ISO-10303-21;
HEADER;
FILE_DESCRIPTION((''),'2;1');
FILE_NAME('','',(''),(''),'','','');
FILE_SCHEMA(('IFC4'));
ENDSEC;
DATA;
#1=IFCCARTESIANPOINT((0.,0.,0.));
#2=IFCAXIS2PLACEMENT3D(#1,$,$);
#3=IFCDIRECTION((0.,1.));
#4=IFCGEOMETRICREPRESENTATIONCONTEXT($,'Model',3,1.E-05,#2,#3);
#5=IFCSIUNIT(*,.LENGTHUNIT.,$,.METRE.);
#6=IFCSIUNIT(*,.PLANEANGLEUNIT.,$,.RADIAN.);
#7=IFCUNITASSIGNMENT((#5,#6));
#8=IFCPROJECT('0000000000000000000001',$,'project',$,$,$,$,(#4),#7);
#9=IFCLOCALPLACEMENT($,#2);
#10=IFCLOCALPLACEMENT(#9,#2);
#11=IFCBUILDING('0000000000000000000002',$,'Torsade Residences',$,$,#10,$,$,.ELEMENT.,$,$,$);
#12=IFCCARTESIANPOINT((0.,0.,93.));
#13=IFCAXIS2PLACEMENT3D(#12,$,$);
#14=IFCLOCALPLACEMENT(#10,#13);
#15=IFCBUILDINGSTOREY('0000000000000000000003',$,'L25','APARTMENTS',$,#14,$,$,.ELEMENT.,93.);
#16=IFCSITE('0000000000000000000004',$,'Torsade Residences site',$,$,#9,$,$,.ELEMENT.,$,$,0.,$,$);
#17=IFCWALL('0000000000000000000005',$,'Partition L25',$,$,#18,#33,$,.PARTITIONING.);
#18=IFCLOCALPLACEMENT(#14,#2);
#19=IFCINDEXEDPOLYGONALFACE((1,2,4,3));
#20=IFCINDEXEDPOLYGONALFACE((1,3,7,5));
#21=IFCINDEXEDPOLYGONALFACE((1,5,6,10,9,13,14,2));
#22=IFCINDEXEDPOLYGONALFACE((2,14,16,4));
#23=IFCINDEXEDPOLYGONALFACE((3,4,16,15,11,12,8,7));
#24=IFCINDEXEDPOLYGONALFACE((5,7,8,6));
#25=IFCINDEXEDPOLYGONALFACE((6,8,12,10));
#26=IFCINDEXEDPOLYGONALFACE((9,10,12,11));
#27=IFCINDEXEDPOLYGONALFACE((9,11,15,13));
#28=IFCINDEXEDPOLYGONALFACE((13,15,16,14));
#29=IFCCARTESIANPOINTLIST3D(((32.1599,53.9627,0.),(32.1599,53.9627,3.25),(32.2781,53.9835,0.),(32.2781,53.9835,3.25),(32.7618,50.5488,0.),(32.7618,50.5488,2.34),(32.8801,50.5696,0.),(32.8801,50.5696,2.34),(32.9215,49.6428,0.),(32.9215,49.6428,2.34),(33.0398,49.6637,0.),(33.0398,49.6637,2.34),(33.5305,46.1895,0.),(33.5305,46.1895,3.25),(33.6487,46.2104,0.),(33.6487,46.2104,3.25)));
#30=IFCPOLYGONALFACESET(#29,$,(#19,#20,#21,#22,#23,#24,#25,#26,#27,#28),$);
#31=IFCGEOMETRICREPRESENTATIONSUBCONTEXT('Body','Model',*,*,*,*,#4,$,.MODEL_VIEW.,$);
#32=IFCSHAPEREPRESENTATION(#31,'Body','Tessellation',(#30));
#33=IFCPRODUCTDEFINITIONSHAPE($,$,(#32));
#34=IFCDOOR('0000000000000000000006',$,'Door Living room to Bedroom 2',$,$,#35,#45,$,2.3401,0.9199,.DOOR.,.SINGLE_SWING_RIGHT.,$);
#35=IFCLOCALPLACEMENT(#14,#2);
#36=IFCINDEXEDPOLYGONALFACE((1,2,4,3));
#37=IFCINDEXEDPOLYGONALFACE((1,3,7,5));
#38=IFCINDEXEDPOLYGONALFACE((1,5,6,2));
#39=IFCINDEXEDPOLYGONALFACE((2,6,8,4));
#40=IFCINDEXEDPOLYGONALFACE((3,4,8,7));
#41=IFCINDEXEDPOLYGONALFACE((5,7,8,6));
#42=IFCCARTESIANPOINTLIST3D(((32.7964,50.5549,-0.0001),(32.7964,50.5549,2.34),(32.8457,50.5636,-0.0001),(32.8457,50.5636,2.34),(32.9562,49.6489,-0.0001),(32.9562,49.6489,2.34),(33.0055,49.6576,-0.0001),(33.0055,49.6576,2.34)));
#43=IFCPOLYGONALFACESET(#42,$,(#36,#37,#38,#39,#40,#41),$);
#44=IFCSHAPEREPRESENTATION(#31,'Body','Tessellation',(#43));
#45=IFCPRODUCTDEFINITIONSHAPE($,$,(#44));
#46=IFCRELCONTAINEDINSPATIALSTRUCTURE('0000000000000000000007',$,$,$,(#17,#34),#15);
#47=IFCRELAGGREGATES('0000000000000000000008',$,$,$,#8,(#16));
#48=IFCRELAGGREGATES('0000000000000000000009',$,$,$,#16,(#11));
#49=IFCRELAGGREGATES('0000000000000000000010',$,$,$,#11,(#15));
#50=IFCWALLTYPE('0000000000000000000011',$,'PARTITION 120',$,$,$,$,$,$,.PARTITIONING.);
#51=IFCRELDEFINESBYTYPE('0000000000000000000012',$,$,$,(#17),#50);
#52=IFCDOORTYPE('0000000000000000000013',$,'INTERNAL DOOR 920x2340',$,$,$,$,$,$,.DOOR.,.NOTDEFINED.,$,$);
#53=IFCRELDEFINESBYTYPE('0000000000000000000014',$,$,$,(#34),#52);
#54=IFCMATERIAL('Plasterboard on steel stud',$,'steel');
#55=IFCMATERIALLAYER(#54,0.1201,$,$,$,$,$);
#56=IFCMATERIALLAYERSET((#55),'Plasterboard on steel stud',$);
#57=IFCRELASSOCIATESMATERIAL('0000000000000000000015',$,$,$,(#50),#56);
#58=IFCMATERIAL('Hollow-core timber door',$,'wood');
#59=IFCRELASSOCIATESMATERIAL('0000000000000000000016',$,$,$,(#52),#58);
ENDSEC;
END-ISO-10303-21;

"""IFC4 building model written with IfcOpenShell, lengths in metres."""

from ifc_helpers import new_model, si_unit, direction, frame, frame_2d, origin, place, context, subcontext, project, spatial, rectangle, extrude, material, layer, layer_set, type_object, element, fill, save


model = new_model("IFC4")

# Units and contexts
model_context = context("Model", 3, precision=1e-05, world=origin(), true_north=direction((0.0, 1.0)))
body_context = subcontext(model_context, "Body", "Model", "MODEL_VIEW")
ifc_project = project(units=[si_unit("LENGTHUNIT", "METRE"), si_unit("PLANEANGLEUNIT", "RADIAN")], contexts=[model_context])

# Site, building, storey
site_placement = place(None, origin())
site = spatial("IfcSite", under=ifc_project, at=site_placement, Name="Torsade Residences site", CompositionType="ELEMENT", RefElevation=0.0)
building_placement = place(site_placement, origin())
building = spatial("IfcBuilding", under=site, at=building_placement, Name="Torsade Residences", CompositionType="ELEMENT")
storey_placement = place(building_placement, frame((0.0, 0.0, 93.0)))
storey = spatial("IfcBuildingStorey", under=building, at=storey_placement, Name="L25", Description="APARTMENTS", CompositionType="ELEMENT", Elevation=93.0)

# Wall, opening, door
ifc_material_1 = material(Name="Plasterboard on steel stud", Category="steel")
ifc_layer_1 = layer(ifc_material_1, 0.1201)
ifc_layer_set_1 = layer_set([ifc_layer_1], Name="Plasterboard on steel stud")
wall_type = type_object("IfcWallType", Name="PARTITION 120", PredefinedType="PARTITIONING", material=ifc_layer_set_1)
wall_1_placement = place(storey_placement, frame((33.5896, 46.2, 0.0), z_axis=(0.0, 0.0, 1.0), x_axis=(-0.173646, 0.984808, 0.0)))
wall_1 = element("IfcWall", 1, at=wall_1_placement, inside=storey, type_object=wall_type, Name="Partition L25", PredefinedType="PARTITIONING", context=body_context, shape_type="SweptSolid", body=[
    extrude(rectangle(XDim=7.8931, YDim=0.1201, at=frame_2d((3.9465, 0.0))), origin(), (0.0, 0.0, 1.0), 3.25),
])
opening_1_placement = place(wall_1_placement, frame((3.5066, 0.0, 0.0)))
opening_1 = element("IfcOpeningElement", 2, at=opening_1_placement, cuts=wall_1, PredefinedType="OPENING", context=body_context, shape_type="SweptSolid", body=[
    extrude(rectangle(XDim=0.9199, YDim=2.3401, at=frame_2d((0.46, 1.1699))), frame((0.0, 0.0701, 0.0), z_axis=(0.0, -1.0, 0.0), x_axis=(1.0, 0.0, 0.0)), (0.0, 0.0, 1.0), 0.1401),
])
ifc_material_2 = material(Name="Hollow-core timber door", Category="wood")
door_type_1 = type_object("IfcDoorType", Name="INTERNAL DOOR 920x2340", OperationType="NOTDEFINED", PredefinedType="DOOR", material=ifc_material_2)
door_1_placement = place(opening_1_placement, origin())
door_1 = element("IfcDoor", 3, at=door_1_placement, inside=storey, type_object=door_type_1, Name="Door Living room to Bedroom 2", OperationType="SINGLE_SWING_RIGHT", OverallHeight=2.3401, OverallWidth=0.9199, PredefinedType="DOOR", context=body_context, shape_type="SweptSolid", body=[
    extrude(rectangle(XDim=0.9199, YDim=2.3401, at=frame_2d((0.46, 1.1699))), frame((0.0, 0.0249, 0.0), z_axis=(0.0, -1.0, 0.0), x_axis=(1.0, 0.0, 0.0)), (0.0, 0.0, 1.0), 0.05),
])
fill(opening_1, door_1)

save(model, "model.ifc")
